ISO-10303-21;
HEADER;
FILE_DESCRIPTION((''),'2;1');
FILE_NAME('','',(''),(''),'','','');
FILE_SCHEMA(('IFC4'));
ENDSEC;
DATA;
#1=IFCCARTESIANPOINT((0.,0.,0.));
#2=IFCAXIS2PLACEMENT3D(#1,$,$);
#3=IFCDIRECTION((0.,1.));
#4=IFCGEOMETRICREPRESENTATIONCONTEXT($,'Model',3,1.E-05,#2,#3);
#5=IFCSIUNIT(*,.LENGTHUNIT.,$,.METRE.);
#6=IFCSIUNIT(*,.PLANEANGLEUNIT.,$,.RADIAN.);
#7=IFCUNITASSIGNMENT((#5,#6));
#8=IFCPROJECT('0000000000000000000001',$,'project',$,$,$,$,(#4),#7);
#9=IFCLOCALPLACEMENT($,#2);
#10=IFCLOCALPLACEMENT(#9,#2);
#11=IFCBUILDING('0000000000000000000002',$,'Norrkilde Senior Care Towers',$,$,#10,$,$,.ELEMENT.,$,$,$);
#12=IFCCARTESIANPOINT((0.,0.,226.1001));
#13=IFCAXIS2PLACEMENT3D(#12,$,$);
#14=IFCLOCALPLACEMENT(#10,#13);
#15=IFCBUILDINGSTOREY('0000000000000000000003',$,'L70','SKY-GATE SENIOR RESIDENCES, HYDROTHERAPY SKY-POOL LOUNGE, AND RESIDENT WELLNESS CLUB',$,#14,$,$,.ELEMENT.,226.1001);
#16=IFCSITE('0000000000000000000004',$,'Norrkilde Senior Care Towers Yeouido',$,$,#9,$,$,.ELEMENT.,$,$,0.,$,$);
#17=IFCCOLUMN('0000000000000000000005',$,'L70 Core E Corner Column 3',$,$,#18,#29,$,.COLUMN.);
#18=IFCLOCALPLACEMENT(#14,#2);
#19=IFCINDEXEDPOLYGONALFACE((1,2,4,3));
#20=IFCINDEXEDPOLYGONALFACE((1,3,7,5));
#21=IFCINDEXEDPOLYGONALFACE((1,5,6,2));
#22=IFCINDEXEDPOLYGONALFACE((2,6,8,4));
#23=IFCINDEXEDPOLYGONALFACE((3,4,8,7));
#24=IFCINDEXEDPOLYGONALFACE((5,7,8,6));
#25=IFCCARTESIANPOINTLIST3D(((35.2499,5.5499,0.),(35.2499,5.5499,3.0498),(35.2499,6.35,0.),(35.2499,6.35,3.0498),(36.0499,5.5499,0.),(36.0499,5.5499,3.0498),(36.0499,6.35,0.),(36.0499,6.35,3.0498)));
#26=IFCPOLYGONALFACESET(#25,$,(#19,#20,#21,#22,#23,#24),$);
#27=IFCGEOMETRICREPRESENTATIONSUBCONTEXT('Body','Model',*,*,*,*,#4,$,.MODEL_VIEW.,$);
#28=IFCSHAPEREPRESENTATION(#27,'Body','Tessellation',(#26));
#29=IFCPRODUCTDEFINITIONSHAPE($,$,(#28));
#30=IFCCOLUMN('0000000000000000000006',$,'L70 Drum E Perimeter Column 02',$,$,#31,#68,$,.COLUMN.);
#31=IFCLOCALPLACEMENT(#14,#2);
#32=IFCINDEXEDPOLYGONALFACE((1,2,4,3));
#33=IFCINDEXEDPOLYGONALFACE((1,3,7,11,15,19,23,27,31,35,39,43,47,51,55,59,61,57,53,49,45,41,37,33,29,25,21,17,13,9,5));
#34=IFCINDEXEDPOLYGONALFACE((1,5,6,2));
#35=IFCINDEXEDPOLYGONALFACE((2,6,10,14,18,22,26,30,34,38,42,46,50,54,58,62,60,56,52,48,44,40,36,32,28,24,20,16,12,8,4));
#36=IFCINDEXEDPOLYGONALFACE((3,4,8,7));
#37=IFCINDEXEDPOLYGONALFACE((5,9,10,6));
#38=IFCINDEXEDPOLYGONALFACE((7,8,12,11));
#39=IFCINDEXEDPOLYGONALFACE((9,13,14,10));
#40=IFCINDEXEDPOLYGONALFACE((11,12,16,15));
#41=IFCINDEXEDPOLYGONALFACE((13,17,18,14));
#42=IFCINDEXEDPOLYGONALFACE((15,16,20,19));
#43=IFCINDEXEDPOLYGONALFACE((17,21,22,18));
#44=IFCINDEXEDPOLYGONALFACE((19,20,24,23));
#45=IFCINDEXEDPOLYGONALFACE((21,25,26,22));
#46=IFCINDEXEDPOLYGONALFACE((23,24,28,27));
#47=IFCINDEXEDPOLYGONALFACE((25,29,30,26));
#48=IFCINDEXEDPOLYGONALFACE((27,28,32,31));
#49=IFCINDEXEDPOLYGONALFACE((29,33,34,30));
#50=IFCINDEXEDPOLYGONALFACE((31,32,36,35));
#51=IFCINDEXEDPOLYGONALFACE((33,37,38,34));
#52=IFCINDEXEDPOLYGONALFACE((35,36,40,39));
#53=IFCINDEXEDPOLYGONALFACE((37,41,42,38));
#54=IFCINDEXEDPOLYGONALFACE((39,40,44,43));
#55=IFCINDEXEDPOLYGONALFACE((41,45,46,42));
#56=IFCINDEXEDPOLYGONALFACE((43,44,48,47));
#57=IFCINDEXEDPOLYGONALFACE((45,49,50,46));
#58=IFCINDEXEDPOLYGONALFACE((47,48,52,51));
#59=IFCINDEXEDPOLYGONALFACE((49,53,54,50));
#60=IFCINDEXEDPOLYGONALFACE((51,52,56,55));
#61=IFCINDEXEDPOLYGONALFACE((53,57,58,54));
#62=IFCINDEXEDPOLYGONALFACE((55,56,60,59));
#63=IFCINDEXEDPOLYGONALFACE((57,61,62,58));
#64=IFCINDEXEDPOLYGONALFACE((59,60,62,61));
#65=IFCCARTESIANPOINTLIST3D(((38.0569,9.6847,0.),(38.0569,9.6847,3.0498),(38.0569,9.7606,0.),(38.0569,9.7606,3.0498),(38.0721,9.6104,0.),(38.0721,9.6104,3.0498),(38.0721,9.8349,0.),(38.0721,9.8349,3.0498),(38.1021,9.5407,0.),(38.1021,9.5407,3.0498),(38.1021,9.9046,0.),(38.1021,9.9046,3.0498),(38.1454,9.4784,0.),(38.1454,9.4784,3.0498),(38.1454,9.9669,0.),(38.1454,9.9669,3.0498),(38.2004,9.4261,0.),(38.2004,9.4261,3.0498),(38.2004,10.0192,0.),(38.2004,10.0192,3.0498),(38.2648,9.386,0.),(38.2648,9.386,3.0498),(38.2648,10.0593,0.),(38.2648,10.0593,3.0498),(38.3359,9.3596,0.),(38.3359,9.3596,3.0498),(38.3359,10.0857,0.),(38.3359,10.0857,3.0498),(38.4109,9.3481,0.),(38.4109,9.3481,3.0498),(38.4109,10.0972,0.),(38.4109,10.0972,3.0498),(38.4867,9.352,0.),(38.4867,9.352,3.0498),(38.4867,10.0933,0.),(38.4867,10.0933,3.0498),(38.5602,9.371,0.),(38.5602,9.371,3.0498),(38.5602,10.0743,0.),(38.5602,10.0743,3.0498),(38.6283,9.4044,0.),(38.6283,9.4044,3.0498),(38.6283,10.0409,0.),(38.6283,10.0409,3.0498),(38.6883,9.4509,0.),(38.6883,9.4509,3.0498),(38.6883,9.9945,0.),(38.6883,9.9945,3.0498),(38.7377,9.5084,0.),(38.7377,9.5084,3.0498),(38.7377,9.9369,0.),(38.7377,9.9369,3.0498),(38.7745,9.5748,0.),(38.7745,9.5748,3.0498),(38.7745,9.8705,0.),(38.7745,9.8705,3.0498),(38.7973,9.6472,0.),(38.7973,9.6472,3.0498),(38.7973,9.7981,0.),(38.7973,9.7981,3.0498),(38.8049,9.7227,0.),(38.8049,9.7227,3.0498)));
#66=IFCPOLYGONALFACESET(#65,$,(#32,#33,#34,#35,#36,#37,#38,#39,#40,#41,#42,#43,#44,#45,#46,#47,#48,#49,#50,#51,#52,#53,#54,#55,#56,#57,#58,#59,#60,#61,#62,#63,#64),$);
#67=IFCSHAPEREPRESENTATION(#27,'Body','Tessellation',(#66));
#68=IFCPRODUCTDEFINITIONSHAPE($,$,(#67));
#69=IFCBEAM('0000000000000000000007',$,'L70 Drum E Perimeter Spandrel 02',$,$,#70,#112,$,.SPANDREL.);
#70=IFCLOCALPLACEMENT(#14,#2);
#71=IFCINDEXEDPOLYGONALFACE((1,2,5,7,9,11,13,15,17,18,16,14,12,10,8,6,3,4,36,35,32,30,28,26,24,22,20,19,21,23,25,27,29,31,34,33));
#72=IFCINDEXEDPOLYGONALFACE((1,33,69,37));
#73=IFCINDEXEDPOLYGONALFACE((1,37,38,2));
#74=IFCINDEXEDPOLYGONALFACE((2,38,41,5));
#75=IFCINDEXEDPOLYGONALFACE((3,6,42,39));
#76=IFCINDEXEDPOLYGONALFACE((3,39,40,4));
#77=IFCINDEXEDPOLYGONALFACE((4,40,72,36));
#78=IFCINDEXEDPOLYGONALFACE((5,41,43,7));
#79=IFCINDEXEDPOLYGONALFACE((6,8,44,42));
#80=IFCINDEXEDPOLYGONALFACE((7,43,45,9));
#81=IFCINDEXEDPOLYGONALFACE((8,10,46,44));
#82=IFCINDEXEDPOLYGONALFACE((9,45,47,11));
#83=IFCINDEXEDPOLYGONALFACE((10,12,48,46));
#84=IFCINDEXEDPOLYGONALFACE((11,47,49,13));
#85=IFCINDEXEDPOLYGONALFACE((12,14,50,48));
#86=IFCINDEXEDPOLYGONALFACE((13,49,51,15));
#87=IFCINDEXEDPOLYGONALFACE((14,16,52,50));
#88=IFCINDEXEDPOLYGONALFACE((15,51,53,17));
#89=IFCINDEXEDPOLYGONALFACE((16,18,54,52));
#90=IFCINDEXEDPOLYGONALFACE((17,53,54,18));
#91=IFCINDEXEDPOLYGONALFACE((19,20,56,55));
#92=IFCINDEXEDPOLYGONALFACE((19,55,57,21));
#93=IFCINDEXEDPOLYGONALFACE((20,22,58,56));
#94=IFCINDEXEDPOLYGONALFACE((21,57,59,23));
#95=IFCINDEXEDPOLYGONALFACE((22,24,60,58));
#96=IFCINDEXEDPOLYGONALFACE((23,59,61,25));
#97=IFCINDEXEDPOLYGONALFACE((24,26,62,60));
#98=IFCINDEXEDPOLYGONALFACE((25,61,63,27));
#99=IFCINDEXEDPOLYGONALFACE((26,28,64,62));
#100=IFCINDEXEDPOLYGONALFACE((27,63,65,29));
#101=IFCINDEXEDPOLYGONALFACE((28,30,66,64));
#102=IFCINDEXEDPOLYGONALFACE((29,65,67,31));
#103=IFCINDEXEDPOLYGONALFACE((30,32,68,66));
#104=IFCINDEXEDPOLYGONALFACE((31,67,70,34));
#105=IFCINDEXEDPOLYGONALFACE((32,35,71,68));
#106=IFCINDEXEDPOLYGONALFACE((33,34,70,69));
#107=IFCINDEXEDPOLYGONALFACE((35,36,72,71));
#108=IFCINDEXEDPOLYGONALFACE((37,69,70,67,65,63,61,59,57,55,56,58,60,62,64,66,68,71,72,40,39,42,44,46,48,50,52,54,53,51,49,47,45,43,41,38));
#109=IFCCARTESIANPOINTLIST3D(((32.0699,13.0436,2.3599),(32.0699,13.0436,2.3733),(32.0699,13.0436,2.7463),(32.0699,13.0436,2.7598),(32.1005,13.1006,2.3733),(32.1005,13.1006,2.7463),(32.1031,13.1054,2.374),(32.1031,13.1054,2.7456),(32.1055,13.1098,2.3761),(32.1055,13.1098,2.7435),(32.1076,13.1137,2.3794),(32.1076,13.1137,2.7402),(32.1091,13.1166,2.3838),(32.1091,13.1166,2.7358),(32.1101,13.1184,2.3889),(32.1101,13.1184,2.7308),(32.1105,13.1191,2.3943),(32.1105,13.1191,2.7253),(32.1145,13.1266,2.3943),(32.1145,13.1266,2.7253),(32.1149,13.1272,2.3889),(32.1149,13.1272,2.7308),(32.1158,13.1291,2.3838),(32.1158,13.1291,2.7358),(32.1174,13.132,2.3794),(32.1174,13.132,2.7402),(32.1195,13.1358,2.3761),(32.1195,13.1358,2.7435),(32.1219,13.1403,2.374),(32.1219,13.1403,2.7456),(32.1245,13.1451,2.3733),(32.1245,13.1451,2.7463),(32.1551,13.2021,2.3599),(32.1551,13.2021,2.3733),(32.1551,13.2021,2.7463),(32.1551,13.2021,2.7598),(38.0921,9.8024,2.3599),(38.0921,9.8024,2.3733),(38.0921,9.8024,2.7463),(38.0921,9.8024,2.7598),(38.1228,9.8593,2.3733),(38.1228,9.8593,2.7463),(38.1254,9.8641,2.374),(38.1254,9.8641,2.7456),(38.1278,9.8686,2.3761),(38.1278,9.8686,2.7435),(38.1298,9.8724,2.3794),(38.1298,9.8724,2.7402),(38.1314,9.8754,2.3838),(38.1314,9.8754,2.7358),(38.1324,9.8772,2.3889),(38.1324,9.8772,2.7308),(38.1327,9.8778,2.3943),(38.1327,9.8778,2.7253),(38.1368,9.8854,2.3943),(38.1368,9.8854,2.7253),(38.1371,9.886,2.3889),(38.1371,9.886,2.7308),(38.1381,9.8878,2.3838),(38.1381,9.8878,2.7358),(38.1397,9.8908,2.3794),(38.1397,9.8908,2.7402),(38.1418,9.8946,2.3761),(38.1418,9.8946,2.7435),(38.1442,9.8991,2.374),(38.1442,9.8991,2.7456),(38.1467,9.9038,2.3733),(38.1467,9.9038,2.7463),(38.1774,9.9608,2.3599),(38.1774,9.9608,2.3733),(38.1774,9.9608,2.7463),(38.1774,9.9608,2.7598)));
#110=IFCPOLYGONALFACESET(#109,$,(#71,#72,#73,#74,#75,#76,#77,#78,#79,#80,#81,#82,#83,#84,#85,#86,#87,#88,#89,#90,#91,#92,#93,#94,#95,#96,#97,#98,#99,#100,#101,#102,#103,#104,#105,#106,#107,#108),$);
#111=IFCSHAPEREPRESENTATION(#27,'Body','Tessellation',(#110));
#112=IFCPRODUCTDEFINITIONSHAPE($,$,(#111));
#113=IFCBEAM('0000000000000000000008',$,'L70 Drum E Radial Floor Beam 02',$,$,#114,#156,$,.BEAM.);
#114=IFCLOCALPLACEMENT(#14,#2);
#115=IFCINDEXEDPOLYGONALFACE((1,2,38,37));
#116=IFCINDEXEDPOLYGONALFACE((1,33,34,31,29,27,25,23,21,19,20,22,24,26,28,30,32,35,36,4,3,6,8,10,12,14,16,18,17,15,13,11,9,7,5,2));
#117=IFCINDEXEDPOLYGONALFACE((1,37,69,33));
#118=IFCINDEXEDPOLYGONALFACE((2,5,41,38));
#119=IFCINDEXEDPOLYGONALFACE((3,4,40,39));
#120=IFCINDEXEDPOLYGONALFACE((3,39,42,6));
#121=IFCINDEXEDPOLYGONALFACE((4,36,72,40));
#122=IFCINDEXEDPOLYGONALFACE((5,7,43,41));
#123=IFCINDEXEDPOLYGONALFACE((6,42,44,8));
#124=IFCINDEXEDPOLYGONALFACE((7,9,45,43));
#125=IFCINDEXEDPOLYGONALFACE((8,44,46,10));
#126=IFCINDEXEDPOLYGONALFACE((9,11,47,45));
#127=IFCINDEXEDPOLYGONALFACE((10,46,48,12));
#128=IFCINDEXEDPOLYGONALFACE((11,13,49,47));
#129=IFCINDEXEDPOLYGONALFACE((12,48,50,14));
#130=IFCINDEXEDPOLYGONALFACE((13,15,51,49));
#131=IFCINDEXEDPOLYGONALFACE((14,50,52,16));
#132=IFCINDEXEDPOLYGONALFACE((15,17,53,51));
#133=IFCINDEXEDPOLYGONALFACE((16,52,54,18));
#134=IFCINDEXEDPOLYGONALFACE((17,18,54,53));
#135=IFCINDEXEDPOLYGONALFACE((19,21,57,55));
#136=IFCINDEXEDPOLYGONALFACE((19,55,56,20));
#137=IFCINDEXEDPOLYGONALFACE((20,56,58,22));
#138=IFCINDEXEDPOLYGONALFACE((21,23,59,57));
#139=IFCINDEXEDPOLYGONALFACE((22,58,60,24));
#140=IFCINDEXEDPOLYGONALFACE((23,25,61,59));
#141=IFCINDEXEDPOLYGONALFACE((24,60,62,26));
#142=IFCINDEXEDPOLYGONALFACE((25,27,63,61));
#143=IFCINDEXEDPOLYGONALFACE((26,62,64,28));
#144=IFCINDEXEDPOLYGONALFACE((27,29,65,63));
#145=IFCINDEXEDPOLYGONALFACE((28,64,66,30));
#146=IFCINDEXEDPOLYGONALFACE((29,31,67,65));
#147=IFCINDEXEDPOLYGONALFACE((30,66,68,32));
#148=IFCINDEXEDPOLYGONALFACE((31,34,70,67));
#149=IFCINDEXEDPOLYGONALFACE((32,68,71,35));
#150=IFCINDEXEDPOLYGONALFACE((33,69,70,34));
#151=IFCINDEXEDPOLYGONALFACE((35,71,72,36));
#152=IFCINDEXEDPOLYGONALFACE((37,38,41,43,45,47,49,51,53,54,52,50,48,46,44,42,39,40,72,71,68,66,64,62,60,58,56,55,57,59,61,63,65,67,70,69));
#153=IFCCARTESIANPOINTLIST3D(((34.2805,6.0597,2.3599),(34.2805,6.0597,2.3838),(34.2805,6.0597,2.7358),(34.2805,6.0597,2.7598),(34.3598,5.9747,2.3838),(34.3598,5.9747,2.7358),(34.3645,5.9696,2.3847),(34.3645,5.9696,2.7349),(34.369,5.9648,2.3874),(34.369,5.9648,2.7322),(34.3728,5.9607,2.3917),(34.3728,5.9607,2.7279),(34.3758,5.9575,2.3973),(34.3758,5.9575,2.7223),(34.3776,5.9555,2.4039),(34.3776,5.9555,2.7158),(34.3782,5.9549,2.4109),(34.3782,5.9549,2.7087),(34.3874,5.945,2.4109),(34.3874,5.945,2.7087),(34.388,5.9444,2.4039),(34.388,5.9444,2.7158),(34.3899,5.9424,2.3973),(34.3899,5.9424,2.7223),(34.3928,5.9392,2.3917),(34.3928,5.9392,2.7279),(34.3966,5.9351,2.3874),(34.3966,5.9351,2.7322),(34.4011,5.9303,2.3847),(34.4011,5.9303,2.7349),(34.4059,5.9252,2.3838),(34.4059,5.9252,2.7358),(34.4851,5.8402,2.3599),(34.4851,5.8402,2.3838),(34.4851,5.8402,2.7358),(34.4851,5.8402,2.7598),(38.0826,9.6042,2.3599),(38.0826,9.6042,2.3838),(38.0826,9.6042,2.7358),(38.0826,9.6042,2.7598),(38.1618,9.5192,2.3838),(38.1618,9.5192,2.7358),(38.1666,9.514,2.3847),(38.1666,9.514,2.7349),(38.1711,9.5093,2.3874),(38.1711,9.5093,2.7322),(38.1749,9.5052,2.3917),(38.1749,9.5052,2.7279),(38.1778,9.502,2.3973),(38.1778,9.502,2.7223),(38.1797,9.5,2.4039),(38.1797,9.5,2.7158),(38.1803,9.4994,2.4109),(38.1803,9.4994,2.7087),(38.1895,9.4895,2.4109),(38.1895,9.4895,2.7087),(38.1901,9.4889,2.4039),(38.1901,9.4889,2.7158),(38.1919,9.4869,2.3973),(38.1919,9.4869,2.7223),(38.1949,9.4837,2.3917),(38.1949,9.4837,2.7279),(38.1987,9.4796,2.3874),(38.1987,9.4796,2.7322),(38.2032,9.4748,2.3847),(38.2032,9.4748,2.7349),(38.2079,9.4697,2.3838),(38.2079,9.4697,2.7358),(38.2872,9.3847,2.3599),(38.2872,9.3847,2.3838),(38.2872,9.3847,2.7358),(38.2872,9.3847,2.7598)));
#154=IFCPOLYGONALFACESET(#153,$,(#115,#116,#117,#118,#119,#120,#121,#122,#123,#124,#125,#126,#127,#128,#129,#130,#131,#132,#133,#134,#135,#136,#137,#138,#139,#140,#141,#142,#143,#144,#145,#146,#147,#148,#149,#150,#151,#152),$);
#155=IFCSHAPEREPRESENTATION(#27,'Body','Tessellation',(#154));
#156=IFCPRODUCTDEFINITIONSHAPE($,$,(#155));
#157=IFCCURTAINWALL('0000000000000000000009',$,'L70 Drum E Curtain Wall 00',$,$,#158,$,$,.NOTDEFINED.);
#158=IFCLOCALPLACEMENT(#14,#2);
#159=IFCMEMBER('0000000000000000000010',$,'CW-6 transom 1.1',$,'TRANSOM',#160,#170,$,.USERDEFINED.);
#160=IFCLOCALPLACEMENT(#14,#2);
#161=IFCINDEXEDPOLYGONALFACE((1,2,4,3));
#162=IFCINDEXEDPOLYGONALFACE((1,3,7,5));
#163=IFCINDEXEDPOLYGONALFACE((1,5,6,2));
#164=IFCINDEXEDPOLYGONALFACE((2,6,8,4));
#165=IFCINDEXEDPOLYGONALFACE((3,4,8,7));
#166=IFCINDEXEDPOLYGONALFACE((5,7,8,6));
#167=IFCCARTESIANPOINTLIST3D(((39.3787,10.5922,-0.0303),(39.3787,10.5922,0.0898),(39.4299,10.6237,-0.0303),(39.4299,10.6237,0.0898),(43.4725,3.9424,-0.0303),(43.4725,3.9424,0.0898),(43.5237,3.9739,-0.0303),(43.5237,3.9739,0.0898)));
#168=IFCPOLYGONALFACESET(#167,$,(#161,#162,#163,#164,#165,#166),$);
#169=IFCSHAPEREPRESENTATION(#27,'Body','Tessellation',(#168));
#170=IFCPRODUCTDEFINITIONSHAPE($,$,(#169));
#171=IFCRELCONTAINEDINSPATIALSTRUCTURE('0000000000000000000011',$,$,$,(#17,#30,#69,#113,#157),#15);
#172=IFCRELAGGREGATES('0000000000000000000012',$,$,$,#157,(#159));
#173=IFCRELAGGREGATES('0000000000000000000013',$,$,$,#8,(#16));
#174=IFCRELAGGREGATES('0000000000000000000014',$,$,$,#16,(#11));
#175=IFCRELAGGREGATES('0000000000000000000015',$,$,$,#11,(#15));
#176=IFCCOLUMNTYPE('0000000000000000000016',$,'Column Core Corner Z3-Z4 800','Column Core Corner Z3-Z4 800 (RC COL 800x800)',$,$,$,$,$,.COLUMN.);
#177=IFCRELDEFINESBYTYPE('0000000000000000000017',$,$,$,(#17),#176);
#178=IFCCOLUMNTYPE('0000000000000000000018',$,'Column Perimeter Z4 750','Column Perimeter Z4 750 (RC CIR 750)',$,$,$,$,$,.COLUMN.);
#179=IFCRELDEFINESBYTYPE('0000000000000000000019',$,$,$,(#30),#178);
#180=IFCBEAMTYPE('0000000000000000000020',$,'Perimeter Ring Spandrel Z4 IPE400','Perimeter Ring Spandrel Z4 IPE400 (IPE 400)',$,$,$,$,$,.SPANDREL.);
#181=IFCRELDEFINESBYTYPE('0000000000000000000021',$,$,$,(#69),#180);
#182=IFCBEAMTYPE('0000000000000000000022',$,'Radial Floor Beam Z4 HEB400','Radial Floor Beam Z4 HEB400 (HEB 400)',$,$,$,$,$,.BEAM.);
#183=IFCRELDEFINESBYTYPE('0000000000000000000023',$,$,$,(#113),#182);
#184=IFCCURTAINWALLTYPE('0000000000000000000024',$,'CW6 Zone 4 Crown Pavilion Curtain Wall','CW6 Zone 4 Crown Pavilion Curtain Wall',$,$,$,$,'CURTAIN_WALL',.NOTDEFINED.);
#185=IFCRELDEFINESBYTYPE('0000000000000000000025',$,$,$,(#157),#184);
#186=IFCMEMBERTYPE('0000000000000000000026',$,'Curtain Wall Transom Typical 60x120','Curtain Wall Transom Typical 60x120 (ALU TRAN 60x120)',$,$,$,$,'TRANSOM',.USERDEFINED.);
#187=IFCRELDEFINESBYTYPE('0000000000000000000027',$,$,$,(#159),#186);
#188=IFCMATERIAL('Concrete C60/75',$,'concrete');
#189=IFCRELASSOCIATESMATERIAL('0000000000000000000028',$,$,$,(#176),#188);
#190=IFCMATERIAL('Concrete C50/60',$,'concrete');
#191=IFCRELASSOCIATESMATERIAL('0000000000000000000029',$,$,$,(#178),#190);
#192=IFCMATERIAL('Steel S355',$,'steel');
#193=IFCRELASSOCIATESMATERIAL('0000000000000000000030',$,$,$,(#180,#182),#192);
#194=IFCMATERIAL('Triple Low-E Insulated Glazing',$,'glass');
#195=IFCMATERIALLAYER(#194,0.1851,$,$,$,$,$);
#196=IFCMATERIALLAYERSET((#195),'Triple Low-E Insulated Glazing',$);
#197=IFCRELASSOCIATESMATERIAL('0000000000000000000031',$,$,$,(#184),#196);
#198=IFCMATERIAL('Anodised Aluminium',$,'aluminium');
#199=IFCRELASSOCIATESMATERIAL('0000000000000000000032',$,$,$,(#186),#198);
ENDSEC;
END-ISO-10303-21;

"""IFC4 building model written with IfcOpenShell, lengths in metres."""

from ifc_helpers import new_model, si_unit, direction, frame, origin, origin_2d, place, context, subcontext, project, spatial, rectangle, circle, i_section, extrude, source, transform, mapped, material, layer, layer_set, material_profile, profile_set, type_object, type_shapes, element, aggregate, save


model = new_model("IFC4")

# Units and contexts
model_context = context("Model", 3, precision=1e-05, world=origin(), true_north=direction((0.0, 1.0)))
body_context = subcontext(model_context, "Body", "Model", "MODEL_VIEW")
ifc_project = project(units=[si_unit("LENGTHUNIT", "METRE"), si_unit("PLANEANGLEUNIT", "RADIAN")], contexts=[model_context])

# Site, building, storey
site_placement = place(None, origin())
site = spatial("IfcSite", under=ifc_project, at=site_placement, Name="Norrkilde Senior Care Towers Yeouido", CompositionType="ELEMENT", RefElevation=0.0)
building_placement = place(site_placement, origin())
building = spatial("IfcBuilding", under=site, at=building_placement, Name="Norrkilde Senior Care Towers", CompositionType="ELEMENT")
storey_placement = place(building_placement, frame((0.0, 0.0, 226.1001)))
storey = spatial("IfcBuildingStorey", under=building, at=storey_placement, Name="L70", Description="SKY-GATE SENIOR RESIDENCES, HYDROTHERAPY SKY-POOL LOUNGE, AND RESIDENT WELLNESS CLUB", CompositionType="ELEMENT", Elevation=226.1001)

# Columns
ifc_material_1 = material(Name="Concrete C60/75", Category="concrete")
ifc_material_profile_1 = material_profile(ifc_material_1, rectangle(XDim=0.8, YDim=0.8, at=origin_2d()), Name="RC COL 800x800")
ifc_profile_set_1 = profile_set([ifc_material_profile_1], Name="Concrete C60/75")
column_type_1 = type_object("IfcColumnType", Name="Column Core Corner Z3-Z4 800", Description="Column Core Corner Z3-Z4 800 (RC COL 800x800)", PredefinedType="COLUMN", material=ifc_profile_set_1)
shared_shape_1 = source(origin(), body_context, "Body", "SweptSolid", [
    extrude(rectangle(XDim=0.8, YDim=0.8, at=origin_2d()), origin(), (0.0, 0.0, 1.0), 3.0498),
])
type_shapes(column_type_1, [shared_shape_1])
column_1_placement = place(storey_placement, frame((35.6499, 5.95, 0.0), z_axis=(0.0, 0.0, 1.0), x_axis=(1.0, 0.0, 0.0)))
element("IfcColumn", 1, at=column_1_placement, inside=storey, type_object=column_type_1, Name="L70 Core E Corner Column 3", PredefinedType="COLUMN", context=body_context, shape_type="MappedRepresentation", body=[
    mapped(shared_shape_1, transform((0.0, 0.0, 0.0), x_axis=(1.0, 0.0, 0.0), y_axis=(0.0, 1.0, 0.0), z_axis=(0.0, 0.0, 1.0), scale=1.0)),
])
ifc_material_2 = material(Name="Concrete C50/60", Category="concrete")
ifc_material_profile_2 = material_profile(ifc_material_2, circle(Radius=0.375, at=origin_2d()), Name="RC CIR 750")
ifc_profile_set_2 = profile_set([ifc_material_profile_2], Name="Concrete C50/60")
column_type_2 = type_object("IfcColumnType", Name="Column Perimeter Z4 750", Description="Column Perimeter Z4 750 (RC CIR 750)", PredefinedType="COLUMN", material=ifc_profile_set_2)
shared_shape_2 = source(origin(), body_context, "Body", "SweptSolid", [
    extrude(circle(Radius=0.375, at=origin_2d()), origin(), (0.0, 0.0, 1.0), 3.0498),
])
type_shapes(column_type_2, [shared_shape_2])
column_2_placement = place(storey_placement, frame((38.4299, 9.7227, 0.0), z_axis=(0.0, 0.0, 1.0), x_axis=(1.0, 0.0, 0.0)))
element("IfcColumn", 2, at=column_2_placement, inside=storey, type_object=column_type_2, Name="L70 Drum E Perimeter Column 02", PredefinedType="COLUMN", context=body_context, shape_type="MappedRepresentation", body=[
    mapped(shared_shape_2, transform((0.0, 0.0, 0.0), x_axis=(1.0, 0.0, 0.0), y_axis=(0.0, 1.0, 0.0), z_axis=(0.0, 0.0, 1.0), scale=1.0)),
])

# Beams
ifc_material_3 = material(Name="Steel S355", Category="steel")
ifc_material_profile_3 = material_profile(ifc_material_3, i_section(OverallWidth=0.1799, OverallDepth=0.3999, WebThickness=0.0085, FlangeThickness=0.0134, FilletRadius=0.021, at=origin_2d()), Name="IPE 400")
ifc_profile_set_3 = profile_set([ifc_material_profile_3], Name="Steel S355")
beam_type_1 = type_object("IfcBeamType", Name="Perimeter Ring Spandrel Z4 IPE400", Description="Perimeter Ring Spandrel Z4 IPE400 (IPE 400)", PredefinedType="SPANDREL", material=ifc_profile_set_3)
shared_shape_3 = source(origin(), body_context, "Body", "SweptSolid", [
    extrude(i_section(OverallWidth=0.1799, OverallDepth=0.3999, WebThickness=0.0085, FlangeThickness=0.0134, FilletRadius=0.021, at=origin_2d()), origin(), (0.0, 0.0, 1.0), 6.8391),
])
type_shapes(beam_type_1, [shared_shape_3])
beam_1_placement = place(storey_placement, frame((38.1348, 9.8816, 2.5598), z_axis=(-0.880564, 0.473927, 0.0), x_axis=(-0.473927, -0.880564, 0.0)))
element("IfcBeam", 3, at=beam_1_placement, inside=storey, type_object=beam_type_1, Name="L70 Drum E Perimeter Spandrel 02", PredefinedType="SPANDREL", context=body_context, shape_type="MappedRepresentation", body=[
    mapped(shared_shape_3, transform((0.0, 0.0, 0.0), x_axis=(1.0, 0.0, 0.0), y_axis=(0.0, 1.0, 0.0), z_axis=(0.0, 0.0, 1.0), scale=1.0)),
])
ifc_material_profile_4 = material_profile(ifc_material_3, i_section(OverallWidth=0.3, OverallDepth=0.3999, WebThickness=0.0134, FlangeThickness=0.0239, FilletRadius=0.0271, at=origin_2d()), Name="HEB 400")
ifc_profile_set_4 = profile_set([ifc_material_profile_4], Name="Steel S355")
beam_type_2 = type_object("IfcBeamType", Name="Radial Floor Beam Z4 HEB400", Description="Radial Floor Beam Z4 HEB400 (HEB 400)", PredefinedType="BEAM", material=ifc_profile_set_4)
shared_shape_4 = source(origin(), body_context, "Body", "SweptSolid", [
    extrude(i_section(OverallWidth=0.3, OverallDepth=0.3999, WebThickness=0.0134, FlangeThickness=0.0239, FilletRadius=0.0271, at=origin_2d()), origin(), (0.0, 0.0, 1.0), 5.198),
])
type_shapes(beam_type_2, [shared_shape_4])
beam_2_placement = place(storey_placement, frame((34.3828, 5.95, 2.5598), z_axis=(0.731449, 0.681896, 0.0), x_axis=(-0.681896, 0.731449, 0.0)))
element("IfcBeam", 4, at=beam_2_placement, inside=storey, type_object=beam_type_2, Name="L70 Drum E Radial Floor Beam 02", PredefinedType="BEAM", context=body_context, shape_type="MappedRepresentation", body=[
    mapped(shared_shape_4, transform((0.0, 0.0, 0.0), x_axis=(1.0, 0.0, 0.0), y_axis=(0.0, 1.0, 0.0), z_axis=(0.0, 0.0, 1.0), scale=1.0)),
])

# Curtain wall, member
ifc_material_4 = material(Name="Triple Low-E Insulated Glazing", Category="glass")
ifc_layer_1 = layer(ifc_material_4, 0.1851)
ifc_layer_set_1 = layer_set([ifc_layer_1], Name="Triple Low-E Insulated Glazing")
curtain_wall_type = type_object("IfcCurtainWallType", Name="CW6 Zone 4 Crown Pavilion Curtain Wall", Description="CW6 Zone 4 Crown Pavilion Curtain Wall", ElementType="CURTAIN_WALL", PredefinedType="NOTDEFINED", material=ifc_layer_set_1)
curtain_wall_1_placement = place(storey_placement, origin())
curtain_wall_1 = element("IfcCurtainWall", 5, at=curtain_wall_1_placement, inside=storey, type_object=curtain_wall_type, Name="L70 Drum E Curtain Wall 00", PredefinedType="NOTDEFINED")
ifc_material_5 = material(Name="Anodised Aluminium", Category="aluminium")
ifc_material_profile_5 = material_profile(ifc_material_5, rectangle(XDim=0.0601, YDim=0.1201, at=origin_2d()), Name="ALU TRAN 60x120")
ifc_profile_set_5 = profile_set([ifc_material_profile_5], Name="Anodised Aluminium")
member_type_1 = type_object("IfcMemberType", Name="Curtain Wall Transom Typical 60x120", Description="Curtain Wall Transom Typical 60x120 (ALU TRAN 60x120)", ElementType="TRANSOM", PredefinedType="USERDEFINED", material=ifc_profile_set_5)
shared_shape_5 = source(origin(), body_context, "Body", "SweptSolid", [
    extrude(rectangle(XDim=0.0601, YDim=0.1201, at=origin_2d()), origin(), (0.0, 0.0, 1.0), 7.8088),
])
member_1_placement = place(storey_placement, frame((39.4043, 10.6079, 0.0298), z_axis=(0.524251, -0.851564, 0.0), x_axis=(0.851564, 0.524251, 0.0)))
member_1 = element("IfcMember", 6, at=member_1_placement, type_object=member_type_1, Name="CW-6 transom 1.1", ObjectType="TRANSOM", PredefinedType="USERDEFINED", context=body_context, shape_type="MappedRepresentation", body=[
    mapped(shared_shape_5, transform((0.0, 0.0, 0.0), x_axis=(1.0, 0.0, 0.0), y_axis=(0.0, 1.0, 0.0), z_axis=(0.0, 0.0, 1.0), scale=1.0)),
])

aggregate(curtain_wall_1, [member_1])

save(model, "model.ifc")
